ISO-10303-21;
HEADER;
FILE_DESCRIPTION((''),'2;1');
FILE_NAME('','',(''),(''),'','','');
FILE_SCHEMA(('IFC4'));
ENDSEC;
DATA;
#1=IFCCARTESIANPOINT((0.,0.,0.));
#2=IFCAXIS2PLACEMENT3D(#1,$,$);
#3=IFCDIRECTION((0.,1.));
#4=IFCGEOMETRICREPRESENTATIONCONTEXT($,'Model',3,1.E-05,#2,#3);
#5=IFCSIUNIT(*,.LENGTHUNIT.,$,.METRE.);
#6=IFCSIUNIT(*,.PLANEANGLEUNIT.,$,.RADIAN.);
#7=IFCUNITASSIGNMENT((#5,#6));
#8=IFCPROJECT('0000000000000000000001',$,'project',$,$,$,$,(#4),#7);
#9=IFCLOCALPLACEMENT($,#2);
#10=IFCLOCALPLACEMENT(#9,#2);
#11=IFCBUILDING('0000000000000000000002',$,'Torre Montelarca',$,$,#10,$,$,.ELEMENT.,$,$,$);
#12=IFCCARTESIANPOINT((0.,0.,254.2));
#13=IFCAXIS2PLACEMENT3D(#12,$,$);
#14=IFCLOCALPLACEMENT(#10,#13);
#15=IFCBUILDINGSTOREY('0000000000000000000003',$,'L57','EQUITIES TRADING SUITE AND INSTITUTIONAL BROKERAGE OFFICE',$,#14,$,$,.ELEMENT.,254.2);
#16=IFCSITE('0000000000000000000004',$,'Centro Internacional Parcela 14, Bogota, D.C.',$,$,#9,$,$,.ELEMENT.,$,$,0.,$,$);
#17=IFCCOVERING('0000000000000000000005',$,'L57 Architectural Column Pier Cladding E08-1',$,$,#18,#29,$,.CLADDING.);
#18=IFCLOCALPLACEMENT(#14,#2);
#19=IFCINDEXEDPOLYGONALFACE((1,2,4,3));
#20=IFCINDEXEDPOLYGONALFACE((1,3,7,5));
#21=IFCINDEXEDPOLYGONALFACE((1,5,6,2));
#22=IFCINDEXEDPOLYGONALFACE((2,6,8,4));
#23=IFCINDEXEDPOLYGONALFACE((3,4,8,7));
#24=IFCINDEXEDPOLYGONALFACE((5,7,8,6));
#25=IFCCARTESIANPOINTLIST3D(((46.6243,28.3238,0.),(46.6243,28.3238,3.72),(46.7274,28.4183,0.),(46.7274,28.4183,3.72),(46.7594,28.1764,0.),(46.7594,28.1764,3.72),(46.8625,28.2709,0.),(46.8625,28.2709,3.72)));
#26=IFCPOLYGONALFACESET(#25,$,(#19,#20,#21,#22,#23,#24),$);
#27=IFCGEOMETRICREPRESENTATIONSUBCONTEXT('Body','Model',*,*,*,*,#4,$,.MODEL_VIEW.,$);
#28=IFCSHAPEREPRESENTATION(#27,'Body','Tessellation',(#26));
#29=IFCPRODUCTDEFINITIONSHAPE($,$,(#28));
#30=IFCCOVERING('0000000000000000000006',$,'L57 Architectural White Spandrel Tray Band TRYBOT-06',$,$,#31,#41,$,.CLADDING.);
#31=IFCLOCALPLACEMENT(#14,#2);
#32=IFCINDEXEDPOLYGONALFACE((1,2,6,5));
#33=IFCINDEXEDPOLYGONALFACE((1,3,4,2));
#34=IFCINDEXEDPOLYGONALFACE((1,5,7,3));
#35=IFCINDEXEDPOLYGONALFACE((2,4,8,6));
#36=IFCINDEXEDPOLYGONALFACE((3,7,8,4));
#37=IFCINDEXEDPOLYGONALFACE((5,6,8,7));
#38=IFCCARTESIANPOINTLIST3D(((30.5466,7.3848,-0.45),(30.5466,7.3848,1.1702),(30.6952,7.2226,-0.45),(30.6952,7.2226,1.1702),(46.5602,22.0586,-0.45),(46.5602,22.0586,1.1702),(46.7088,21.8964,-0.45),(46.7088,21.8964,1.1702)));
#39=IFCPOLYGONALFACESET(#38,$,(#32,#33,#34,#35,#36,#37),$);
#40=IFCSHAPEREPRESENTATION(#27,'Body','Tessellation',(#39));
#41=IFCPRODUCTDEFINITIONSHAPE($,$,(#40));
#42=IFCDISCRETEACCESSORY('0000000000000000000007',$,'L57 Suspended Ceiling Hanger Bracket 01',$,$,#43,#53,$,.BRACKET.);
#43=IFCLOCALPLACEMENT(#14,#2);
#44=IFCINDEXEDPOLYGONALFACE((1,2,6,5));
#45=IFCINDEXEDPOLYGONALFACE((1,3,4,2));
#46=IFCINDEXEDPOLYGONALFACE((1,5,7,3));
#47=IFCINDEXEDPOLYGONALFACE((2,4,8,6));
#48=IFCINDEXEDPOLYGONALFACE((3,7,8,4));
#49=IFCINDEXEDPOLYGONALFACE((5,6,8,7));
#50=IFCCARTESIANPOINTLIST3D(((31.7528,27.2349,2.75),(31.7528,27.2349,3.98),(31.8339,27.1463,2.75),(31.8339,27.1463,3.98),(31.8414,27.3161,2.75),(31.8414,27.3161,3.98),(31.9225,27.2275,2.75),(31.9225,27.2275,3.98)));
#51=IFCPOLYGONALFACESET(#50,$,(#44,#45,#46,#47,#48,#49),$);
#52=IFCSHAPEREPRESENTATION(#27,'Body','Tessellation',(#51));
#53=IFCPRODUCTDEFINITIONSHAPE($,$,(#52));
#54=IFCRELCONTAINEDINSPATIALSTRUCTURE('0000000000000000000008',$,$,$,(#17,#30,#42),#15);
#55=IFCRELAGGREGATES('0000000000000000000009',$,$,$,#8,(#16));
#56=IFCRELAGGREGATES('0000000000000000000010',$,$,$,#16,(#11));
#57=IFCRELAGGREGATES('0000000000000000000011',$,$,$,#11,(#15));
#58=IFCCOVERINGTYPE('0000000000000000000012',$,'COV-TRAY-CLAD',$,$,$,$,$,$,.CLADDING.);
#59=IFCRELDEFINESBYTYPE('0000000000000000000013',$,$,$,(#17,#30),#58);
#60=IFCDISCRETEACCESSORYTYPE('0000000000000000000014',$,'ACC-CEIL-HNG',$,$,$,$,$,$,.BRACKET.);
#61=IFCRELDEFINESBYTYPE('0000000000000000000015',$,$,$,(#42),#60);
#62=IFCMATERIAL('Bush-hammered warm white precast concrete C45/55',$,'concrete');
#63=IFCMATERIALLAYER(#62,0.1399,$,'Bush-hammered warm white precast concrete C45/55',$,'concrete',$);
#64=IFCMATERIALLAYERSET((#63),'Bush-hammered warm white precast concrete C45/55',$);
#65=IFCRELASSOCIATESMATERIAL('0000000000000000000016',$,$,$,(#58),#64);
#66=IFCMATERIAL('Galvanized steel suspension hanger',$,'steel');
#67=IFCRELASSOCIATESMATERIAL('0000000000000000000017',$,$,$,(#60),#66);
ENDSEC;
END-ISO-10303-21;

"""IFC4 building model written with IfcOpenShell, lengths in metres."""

from ifc_helpers import new_model, si_unit, direction, frame, origin, origin_2d, place, context, subcontext, project, spatial, rectangle, extrude, source, transform, mapped, material, layer, layer_set, type_object, element, save


model = new_model("IFC4")

# Units and contexts
model_context = context("Model", 3, precision=1e-05, world=origin(), true_north=direction((0.0, 1.0)))
body_context = subcontext(model_context, "Body", "Model", "MODEL_VIEW")
ifc_project = project(units=[si_unit("LENGTHUNIT", "METRE"), si_unit("PLANEANGLEUNIT", "RADIAN")], contexts=[model_context])

# Site, building, storey
site_placement = place(None, origin())
site = spatial("IfcSite", under=ifc_project, at=site_placement, Name="Centro Internacional Parcela 14, Bogota, D.C.", CompositionType="ELEMENT", RefElevation=0.0)
building_placement = place(site_placement, origin())
building = spatial("IfcBuilding", under=site, at=building_placement, Name="Torre Montelarca", CompositionType="ELEMENT")
storey_placement = place(building_placement, frame((0.0, 0.0, 254.2)))
storey = spatial("IfcBuildingStorey", under=building, at=storey_placement, Name="L57", Description="EQUITIES TRADING SUITE AND INSTITUTIONAL BROKERAGE OFFICE", CompositionType="ELEMENT", Elevation=254.2)

# Coverings
ifc_material_1 = material(Name="Bush-hammered warm white precast concrete C45/55", Category="concrete")
ifc_layer_1 = layer(ifc_material_1, 0.1399, Name="Bush-hammered warm white precast concrete C45/55", Category="concrete")
ifc_layer_set_1 = layer_set([ifc_layer_1], Name="Bush-hammered warm white precast concrete C45/55")
covering_type = type_object("IfcCoveringType", Name="COV-TRAY-CLAD", PredefinedType="CLADDING", material=ifc_layer_set_1)
shared_shape_1 = source(origin(), body_context, "Body", "SweptSolid", [
    extrude(rectangle(XDim=0.2, YDim=0.1399, at=origin_2d()), origin(), (0.0, 0.0, 1.0), 3.72),
])
for number, where, z_axis, x_axis, name in (
    (1, (46.7434, 28.2974, 0.0), (0.0, 0.0, 1.0), (-0.675589, 0.737279, 0.0), "L57 Architectural Column Pier Cladding E08-1"),
):
    element("IfcCovering", number, at=place(storey_placement, frame(where, z_axis=z_axis, x_axis=x_axis)), inside=storey, type_object=covering_type, Name=name, PredefinedType="CLADDING", context=body_context, shape_type="MappedRepresentation", body=[
        mapped(shared_shape_1, transform((0.0, 0.0, 0.0), scale=1.0)),
    ])
shared_shape_2 = source(origin(), body_context, "Body", "SweptSolid", [
    extrude(rectangle(XDim=21.72, YDim=0.22, at=origin_2d()), origin(), (0.0, 0.0, 1.0), 1.6201),
])
covering_1_placement = place(storey_placement, frame((38.6277, 14.6406, -0.45), z_axis=(0.0, 0.0, 1.0), x_axis=(0.737276, 0.675591, 0.0)))
element("IfcCovering", 2, at=covering_1_placement, inside=storey, type_object=covering_type, Name="L57 Architectural White Spandrel Tray Band TRYBOT-06", PredefinedType="CLADDING", context=body_context, shape_type="MappedRepresentation", body=[
    mapped(shared_shape_2, transform((0.0, 0.0, 0.0), scale=1.0)),
])

# Discrete accessory
ifc_material_2 = material(Name="Galvanized steel suspension hanger", Category="steel")
discrete_accessory_type = type_object("IfcDiscreteAccessoryType", Name="ACC-CEIL-HNG", PredefinedType="BRACKET", material=ifc_material_2)
shared_shape_3 = source(origin(), body_context, "Body", "SweptSolid", [
    extrude(rectangle(XDim=0.1201, YDim=0.1201, at=origin_2d()), origin(), (0.0, 0.0, 1.0), 1.23),
])
discrete_accessory_placement = place(storey_placement, frame((31.8376, 27.2312, 2.75), z_axis=(0.0, 0.0, 1.0), x_axis=(-0.67559, 0.737277, 0.0)))
element("IfcDiscreteAccessory", 3, at=discrete_accessory_placement, inside=storey, type_object=discrete_accessory_type, Name="L57 Suspended Ceiling Hanger Bracket 01", PredefinedType="BRACKET", context=body_context, shape_type="MappedRepresentation", body=[
    mapped(shared_shape_3, transform((0.0, 0.0, 0.0), scale=1.0)),
])

save(model, "model.ifc")
